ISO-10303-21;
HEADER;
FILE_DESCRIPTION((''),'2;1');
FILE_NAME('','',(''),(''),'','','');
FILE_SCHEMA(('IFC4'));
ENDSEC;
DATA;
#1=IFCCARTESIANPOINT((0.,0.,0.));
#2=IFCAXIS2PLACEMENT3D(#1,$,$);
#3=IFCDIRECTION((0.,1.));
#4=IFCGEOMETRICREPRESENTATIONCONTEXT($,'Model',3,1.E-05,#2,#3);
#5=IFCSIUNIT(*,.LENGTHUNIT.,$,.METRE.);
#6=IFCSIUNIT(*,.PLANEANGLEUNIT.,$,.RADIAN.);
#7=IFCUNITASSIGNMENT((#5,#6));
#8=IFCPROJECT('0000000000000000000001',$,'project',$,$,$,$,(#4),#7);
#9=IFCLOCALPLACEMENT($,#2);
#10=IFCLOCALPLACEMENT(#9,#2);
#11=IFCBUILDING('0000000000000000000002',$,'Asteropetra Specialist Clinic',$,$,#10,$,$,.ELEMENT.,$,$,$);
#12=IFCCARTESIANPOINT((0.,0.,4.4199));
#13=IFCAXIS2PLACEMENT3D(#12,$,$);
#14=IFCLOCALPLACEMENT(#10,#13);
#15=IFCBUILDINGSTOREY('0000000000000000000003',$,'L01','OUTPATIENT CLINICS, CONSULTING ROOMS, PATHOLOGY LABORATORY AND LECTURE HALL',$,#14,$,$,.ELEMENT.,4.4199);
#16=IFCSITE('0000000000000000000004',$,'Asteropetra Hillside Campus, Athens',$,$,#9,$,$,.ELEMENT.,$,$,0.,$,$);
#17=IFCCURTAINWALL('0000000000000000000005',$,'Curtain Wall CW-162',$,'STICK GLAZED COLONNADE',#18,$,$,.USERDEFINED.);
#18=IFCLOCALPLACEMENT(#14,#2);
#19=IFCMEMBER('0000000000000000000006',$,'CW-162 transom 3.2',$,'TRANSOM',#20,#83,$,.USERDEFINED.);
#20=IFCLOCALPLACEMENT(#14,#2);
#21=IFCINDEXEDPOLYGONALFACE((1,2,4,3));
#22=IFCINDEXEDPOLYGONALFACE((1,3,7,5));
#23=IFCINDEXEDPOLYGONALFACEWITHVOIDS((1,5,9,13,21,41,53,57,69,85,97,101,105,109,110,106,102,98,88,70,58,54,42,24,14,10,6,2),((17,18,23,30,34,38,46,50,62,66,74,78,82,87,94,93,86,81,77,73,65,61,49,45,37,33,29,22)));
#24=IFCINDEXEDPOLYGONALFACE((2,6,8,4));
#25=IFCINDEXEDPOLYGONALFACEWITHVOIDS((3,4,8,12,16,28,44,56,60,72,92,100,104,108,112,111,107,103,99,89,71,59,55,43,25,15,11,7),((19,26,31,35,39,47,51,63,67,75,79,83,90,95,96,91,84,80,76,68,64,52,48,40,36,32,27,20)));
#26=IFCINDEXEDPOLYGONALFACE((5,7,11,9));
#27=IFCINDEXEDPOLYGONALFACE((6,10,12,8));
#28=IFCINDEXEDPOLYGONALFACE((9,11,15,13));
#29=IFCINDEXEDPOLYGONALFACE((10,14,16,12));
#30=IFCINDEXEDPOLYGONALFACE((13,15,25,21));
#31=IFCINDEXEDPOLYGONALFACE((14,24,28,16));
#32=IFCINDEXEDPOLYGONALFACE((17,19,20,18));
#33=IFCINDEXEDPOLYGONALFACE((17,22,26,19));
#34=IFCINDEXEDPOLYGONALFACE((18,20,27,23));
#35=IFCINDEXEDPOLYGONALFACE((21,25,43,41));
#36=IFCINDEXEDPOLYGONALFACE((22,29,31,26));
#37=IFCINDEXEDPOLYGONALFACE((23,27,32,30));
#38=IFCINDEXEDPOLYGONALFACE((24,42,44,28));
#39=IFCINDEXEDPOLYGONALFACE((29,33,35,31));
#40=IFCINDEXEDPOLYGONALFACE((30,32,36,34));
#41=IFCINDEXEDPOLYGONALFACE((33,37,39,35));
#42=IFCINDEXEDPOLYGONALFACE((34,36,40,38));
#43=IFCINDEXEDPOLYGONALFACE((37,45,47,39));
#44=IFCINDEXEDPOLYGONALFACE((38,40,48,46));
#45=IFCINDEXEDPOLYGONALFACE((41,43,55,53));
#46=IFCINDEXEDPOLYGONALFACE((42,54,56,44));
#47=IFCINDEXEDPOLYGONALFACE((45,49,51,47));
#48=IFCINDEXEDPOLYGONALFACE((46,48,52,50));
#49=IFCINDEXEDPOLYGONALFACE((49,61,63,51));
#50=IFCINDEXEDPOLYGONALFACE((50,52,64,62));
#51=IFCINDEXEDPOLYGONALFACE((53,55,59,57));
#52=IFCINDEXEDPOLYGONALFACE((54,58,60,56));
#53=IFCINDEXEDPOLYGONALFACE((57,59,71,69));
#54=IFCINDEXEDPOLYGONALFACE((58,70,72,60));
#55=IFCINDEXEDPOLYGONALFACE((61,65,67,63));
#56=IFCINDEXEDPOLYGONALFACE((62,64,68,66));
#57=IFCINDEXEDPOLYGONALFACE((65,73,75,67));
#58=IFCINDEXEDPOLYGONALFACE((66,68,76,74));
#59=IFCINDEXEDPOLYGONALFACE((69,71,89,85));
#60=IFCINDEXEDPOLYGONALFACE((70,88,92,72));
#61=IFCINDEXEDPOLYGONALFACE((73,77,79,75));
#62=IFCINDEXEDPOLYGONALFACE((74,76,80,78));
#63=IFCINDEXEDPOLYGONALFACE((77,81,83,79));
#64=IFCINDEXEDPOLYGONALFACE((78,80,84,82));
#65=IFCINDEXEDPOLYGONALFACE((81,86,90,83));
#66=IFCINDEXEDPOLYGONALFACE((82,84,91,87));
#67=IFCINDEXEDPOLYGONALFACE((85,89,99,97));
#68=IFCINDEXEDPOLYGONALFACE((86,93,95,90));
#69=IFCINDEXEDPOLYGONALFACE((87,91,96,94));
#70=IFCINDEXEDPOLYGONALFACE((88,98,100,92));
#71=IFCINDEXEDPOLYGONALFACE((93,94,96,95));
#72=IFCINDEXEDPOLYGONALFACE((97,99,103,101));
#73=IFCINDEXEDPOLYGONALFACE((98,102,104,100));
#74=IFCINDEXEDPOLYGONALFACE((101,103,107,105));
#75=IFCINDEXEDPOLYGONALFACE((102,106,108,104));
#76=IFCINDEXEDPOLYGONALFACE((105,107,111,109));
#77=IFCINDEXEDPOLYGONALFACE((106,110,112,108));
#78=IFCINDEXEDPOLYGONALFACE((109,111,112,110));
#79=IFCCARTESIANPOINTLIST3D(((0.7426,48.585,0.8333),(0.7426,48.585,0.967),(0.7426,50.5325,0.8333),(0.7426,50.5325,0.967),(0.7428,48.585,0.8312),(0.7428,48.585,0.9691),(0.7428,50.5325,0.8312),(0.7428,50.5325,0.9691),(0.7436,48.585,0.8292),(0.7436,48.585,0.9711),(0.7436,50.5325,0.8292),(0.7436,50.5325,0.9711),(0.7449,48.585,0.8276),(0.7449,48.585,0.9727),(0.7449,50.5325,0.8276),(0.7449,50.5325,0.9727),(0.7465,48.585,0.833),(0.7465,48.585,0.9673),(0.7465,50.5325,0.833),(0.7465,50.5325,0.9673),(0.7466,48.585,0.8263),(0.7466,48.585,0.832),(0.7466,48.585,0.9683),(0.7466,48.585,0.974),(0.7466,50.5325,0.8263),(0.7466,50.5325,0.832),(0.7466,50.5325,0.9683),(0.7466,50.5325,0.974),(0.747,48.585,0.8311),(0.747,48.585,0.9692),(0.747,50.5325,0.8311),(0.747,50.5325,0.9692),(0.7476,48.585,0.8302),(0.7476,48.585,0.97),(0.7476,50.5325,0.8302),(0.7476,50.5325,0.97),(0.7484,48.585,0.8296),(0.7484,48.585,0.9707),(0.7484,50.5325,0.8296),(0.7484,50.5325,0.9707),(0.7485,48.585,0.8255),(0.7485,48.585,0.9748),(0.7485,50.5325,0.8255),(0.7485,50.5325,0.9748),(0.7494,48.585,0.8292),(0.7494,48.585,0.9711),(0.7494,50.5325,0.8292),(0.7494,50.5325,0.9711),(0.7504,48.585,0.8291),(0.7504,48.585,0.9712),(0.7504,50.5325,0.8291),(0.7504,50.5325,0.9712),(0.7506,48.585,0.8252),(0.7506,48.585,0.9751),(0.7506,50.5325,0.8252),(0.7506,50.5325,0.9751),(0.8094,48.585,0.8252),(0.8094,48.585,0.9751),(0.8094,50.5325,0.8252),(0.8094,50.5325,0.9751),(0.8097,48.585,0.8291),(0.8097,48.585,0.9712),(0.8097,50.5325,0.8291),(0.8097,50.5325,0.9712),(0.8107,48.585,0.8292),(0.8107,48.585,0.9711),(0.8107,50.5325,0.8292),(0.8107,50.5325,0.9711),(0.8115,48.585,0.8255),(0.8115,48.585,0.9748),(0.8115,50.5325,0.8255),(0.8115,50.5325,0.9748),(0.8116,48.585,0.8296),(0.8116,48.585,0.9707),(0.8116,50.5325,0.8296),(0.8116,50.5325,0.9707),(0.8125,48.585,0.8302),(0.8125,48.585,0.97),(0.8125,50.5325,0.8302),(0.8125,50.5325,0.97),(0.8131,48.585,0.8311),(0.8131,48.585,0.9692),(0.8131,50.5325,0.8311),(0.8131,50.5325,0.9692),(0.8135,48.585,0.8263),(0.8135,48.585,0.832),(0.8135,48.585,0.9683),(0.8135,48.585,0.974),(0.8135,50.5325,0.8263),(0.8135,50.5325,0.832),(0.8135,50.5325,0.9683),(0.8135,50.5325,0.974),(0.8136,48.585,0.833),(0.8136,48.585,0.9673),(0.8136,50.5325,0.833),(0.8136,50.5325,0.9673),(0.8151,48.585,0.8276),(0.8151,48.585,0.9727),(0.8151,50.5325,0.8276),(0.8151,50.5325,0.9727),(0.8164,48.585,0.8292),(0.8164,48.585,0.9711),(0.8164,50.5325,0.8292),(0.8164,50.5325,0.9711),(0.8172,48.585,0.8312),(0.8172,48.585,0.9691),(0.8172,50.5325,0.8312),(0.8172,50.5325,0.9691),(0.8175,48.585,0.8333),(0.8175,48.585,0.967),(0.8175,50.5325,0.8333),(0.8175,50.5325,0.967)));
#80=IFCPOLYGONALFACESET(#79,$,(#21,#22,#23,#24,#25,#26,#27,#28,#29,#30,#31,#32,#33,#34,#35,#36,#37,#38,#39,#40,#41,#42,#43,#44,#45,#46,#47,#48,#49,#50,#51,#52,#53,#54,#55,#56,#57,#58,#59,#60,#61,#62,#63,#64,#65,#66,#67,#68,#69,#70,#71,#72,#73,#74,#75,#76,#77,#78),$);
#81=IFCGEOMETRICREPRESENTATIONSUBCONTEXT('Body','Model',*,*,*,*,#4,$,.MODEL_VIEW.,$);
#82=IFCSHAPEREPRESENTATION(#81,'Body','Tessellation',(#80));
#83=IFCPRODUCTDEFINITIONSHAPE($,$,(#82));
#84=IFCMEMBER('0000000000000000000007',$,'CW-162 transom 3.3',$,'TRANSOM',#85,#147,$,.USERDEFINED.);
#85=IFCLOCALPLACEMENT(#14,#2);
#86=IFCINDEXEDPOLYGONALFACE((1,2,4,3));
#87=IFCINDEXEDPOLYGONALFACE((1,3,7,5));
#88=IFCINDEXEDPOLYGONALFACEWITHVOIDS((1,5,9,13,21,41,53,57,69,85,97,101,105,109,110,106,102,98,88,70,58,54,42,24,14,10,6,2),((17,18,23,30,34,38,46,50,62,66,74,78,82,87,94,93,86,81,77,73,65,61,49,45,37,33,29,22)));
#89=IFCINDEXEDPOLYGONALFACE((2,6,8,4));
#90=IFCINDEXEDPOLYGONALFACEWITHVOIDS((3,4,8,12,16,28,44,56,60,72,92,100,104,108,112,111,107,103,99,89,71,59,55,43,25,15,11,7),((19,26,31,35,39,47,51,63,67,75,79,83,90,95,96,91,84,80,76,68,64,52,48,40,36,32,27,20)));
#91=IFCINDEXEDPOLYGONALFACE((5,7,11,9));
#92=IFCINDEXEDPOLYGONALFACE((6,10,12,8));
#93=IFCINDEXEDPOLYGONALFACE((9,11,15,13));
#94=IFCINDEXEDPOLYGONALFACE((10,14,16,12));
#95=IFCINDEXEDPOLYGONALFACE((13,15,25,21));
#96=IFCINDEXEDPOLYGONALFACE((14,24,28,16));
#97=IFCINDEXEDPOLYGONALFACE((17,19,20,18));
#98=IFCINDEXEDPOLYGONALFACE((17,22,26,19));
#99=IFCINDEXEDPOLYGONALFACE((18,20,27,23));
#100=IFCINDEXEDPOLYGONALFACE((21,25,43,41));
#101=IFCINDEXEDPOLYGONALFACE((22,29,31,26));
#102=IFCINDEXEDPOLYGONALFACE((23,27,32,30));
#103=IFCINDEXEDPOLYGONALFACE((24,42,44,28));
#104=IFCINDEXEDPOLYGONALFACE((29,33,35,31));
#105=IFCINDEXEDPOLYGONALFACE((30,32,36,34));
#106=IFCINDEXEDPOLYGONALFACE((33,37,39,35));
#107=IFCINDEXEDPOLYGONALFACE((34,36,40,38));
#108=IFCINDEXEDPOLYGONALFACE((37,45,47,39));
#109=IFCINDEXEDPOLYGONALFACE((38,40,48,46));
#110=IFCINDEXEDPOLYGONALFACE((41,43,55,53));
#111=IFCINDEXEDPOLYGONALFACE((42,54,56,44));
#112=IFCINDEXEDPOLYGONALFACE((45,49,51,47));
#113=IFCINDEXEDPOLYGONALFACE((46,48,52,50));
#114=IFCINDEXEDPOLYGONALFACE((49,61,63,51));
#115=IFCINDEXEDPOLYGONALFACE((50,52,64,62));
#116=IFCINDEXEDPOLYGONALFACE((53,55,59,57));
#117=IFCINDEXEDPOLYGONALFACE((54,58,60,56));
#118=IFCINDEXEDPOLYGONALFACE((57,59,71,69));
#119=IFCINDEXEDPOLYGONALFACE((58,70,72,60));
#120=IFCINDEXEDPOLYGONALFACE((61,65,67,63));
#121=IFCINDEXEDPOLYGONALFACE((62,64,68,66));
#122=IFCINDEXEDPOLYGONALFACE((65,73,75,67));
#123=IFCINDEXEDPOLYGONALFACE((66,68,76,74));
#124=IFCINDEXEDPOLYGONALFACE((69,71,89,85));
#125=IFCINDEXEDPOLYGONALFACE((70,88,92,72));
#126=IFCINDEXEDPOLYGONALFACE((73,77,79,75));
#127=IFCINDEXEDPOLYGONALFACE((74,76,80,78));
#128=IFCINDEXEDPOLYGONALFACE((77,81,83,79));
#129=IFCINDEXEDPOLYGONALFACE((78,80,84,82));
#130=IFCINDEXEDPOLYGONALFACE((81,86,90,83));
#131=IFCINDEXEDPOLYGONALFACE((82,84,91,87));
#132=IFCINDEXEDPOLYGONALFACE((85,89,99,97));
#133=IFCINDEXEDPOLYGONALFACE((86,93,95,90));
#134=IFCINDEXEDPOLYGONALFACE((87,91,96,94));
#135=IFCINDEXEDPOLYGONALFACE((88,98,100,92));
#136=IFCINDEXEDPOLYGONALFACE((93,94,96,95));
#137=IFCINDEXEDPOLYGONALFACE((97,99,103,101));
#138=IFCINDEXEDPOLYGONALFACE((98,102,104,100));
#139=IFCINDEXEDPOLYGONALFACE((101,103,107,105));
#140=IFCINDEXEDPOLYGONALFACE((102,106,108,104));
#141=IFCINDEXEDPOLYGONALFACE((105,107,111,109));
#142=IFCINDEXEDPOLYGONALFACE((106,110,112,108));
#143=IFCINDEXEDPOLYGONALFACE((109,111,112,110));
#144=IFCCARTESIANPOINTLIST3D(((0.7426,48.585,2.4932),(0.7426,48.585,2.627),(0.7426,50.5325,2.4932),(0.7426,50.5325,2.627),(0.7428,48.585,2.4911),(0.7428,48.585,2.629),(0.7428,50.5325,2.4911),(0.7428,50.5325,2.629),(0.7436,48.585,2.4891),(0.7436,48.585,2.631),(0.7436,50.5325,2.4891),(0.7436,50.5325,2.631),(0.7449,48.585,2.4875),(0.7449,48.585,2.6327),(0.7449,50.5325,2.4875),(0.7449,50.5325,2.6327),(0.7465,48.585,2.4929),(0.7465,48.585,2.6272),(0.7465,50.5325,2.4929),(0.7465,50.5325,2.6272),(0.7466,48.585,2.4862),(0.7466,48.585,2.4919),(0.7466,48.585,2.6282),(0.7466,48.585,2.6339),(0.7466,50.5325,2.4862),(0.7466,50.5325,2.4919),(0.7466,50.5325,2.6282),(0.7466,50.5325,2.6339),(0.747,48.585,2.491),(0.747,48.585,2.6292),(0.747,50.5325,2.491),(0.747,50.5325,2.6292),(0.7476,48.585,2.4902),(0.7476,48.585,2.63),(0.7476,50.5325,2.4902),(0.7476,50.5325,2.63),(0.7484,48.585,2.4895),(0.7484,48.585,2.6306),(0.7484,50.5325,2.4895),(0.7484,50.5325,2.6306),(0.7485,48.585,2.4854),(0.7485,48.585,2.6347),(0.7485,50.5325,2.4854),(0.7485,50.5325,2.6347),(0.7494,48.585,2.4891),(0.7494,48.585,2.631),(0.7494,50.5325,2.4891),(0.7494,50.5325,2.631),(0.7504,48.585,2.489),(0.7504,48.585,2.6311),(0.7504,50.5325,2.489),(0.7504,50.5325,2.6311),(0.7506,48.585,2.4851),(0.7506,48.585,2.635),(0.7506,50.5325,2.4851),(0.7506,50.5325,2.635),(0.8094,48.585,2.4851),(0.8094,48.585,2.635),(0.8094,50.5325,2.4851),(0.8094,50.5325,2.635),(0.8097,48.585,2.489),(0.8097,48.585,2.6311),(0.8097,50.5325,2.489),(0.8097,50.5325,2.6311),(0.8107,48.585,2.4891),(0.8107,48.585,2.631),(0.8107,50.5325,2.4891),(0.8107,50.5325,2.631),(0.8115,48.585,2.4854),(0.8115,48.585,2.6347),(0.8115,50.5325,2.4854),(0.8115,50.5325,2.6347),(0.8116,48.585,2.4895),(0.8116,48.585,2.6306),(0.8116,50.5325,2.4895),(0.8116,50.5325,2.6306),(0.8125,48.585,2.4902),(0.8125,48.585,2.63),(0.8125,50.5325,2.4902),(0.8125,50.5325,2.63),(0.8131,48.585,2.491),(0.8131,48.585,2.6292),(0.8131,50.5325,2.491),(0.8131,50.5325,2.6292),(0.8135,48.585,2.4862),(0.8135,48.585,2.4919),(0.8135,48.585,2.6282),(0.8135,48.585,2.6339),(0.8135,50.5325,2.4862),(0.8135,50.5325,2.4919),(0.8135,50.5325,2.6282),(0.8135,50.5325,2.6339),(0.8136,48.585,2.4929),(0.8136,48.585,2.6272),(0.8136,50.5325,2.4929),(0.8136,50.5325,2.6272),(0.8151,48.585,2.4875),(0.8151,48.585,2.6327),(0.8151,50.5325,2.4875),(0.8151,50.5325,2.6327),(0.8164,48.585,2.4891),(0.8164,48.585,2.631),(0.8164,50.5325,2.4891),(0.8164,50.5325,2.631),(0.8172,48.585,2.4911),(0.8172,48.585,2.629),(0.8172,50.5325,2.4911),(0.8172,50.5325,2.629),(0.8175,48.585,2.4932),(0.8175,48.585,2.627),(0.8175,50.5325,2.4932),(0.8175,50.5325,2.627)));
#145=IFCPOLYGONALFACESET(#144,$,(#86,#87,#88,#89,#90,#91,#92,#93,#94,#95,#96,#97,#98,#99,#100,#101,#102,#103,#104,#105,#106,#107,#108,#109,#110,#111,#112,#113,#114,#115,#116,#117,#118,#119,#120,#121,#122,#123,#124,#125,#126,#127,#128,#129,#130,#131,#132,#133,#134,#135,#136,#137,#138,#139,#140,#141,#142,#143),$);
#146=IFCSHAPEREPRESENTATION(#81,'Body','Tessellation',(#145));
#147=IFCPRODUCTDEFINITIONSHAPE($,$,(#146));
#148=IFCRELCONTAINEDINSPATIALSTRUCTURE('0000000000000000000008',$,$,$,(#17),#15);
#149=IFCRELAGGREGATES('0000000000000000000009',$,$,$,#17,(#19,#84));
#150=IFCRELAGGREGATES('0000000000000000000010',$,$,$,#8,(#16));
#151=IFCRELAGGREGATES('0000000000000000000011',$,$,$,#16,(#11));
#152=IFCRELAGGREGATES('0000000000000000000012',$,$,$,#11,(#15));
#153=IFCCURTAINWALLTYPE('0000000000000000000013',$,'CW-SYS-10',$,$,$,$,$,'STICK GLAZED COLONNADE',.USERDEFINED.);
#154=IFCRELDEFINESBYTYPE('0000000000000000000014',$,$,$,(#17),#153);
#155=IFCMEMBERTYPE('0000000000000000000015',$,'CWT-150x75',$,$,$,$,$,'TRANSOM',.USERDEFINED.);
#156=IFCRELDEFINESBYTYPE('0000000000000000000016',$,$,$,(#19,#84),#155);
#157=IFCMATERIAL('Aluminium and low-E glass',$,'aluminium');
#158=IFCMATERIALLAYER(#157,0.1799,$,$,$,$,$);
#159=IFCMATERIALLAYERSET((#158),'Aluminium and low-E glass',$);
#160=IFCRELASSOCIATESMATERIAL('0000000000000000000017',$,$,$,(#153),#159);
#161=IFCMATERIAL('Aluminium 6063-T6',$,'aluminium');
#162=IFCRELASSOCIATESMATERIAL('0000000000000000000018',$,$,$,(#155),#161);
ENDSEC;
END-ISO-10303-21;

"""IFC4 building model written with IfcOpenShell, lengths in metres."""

from ifc_helpers import new_model, si_unit, direction, frame, origin, origin_2d, place, context, subcontext, project, spatial, hollow_rectangle, extrude, material, layer, layer_set, material_profile, profile_set, type_object, element, aggregate, save


model = new_model("IFC4")

# Units and contexts
model_context = context("Model", 3, precision=1e-05, world=origin(), true_north=direction((0.0, 1.0)))
body_context = subcontext(model_context, "Body", "Model", "MODEL_VIEW")
ifc_project = project(units=[si_unit("LENGTHUNIT", "METRE"), si_unit("PLANEANGLEUNIT", "RADIAN")], contexts=[model_context])

# Site, building, storey
site_placement = place(None, origin())
site = spatial("IfcSite", under=ifc_project, at=site_placement, Name="Asteropetra Hillside Campus, Athens", CompositionType="ELEMENT", RefElevation=0.0)
building_placement = place(site_placement, origin())
building = spatial("IfcBuilding", under=site, at=building_placement, Name="Asteropetra Specialist Clinic", CompositionType="ELEMENT")
storey_placement = place(building_placement, frame((0.0, 0.0, 4.4199)))
storey = spatial("IfcBuildingStorey", under=building, at=storey_placement, Name="L01", Description="OUTPATIENT CLINICS, CONSULTING ROOMS, PATHOLOGY LABORATORY AND LECTURE HALL", CompositionType="ELEMENT", Elevation=4.4199)

# Shared definitions
ifc_material_1 = material(Name="Aluminium and low-E glass", Category="aluminium")
ifc_layer_1 = layer(ifc_material_1, 0.1799)
ifc_layer_set_1 = layer_set([ifc_layer_1], Name="Aluminium and low-E glass")
curtain_wall_type = type_object("IfcCurtainWallType", Name="CW-SYS-10", ElementType="STICK GLAZED COLONNADE", PredefinedType="USERDEFINED", material=ifc_layer_set_1)

# Curtain wall
curtain_wall_1_placement = place(storey_placement, origin())
curtain_wall_1 = element("IfcCurtainWall", 1, at=curtain_wall_1_placement, inside=storey, type_object=curtain_wall_type, Name="Curtain Wall CW-162", ObjectType="STICK GLAZED COLONNADE", PredefinedType="USERDEFINED")

# Members
ifc_material_2 = material(Name="Aluminium 6063-T6", Category="aluminium")
ifc_material_profile_1 = material_profile(ifc_material_2, hollow_rectangle(XDim=0.075, YDim=0.1499, WallThickness=0.0039, InnerFilletRadius=0.0039, OuterFilletRadius=0.0081, at=origin_2d()), Name="TRN 150x75x4.0")
ifc_profile_set_1 = profile_set([ifc_material_profile_1], Name="Aluminium 6063-T6")
member_type_1 = type_object("IfcMemberType", Name="CWT-150x75", ElementType="TRANSOM", PredefinedType="USERDEFINED", material=ifc_profile_set_1)
member_1_placement = place(storey_placement, frame((0.78, 50.5325, 0.9001), z_axis=(0.0, -1.0, 0.0), x_axis=(1.0, 0.0, 0.0)))
member_1 = element("IfcMember", 2, at=member_1_placement, type_object=member_type_1, Name="CW-162 transom 3.2", ObjectType="TRANSOM", PredefinedType="USERDEFINED", context=body_context, shape_type="SweptSolid", body=[
    extrude(hollow_rectangle(XDim=0.075, YDim=0.1499, WallThickness=0.0039, InnerFilletRadius=0.0039, OuterFilletRadius=0.0081, at=origin_2d()), origin(), (0.0, 0.0, 1.0), 1.9475),
])
member_2_placement = place(storey_placement, frame((0.78, 50.5325, 2.5601), z_axis=(0.0, -1.0, 0.0), x_axis=(1.0, 0.0, 0.0)))
member_2 = element("IfcMember", 3, at=member_2_placement, type_object=member_type_1, Name="CW-162 transom 3.3", ObjectType="TRANSOM", PredefinedType="USERDEFINED", context=body_context, shape_type="SweptSolid", body=[
    extrude(hollow_rectangle(XDim=0.075, YDim=0.1499, WallThickness=0.0039, InnerFilletRadius=0.0039, OuterFilletRadius=0.0081, at=origin_2d()), origin(), (0.0, 0.0, 1.0), 1.9475),
])

aggregate(curtain_wall_1, [member_1, member_2])

save(model, "model.ifc")
